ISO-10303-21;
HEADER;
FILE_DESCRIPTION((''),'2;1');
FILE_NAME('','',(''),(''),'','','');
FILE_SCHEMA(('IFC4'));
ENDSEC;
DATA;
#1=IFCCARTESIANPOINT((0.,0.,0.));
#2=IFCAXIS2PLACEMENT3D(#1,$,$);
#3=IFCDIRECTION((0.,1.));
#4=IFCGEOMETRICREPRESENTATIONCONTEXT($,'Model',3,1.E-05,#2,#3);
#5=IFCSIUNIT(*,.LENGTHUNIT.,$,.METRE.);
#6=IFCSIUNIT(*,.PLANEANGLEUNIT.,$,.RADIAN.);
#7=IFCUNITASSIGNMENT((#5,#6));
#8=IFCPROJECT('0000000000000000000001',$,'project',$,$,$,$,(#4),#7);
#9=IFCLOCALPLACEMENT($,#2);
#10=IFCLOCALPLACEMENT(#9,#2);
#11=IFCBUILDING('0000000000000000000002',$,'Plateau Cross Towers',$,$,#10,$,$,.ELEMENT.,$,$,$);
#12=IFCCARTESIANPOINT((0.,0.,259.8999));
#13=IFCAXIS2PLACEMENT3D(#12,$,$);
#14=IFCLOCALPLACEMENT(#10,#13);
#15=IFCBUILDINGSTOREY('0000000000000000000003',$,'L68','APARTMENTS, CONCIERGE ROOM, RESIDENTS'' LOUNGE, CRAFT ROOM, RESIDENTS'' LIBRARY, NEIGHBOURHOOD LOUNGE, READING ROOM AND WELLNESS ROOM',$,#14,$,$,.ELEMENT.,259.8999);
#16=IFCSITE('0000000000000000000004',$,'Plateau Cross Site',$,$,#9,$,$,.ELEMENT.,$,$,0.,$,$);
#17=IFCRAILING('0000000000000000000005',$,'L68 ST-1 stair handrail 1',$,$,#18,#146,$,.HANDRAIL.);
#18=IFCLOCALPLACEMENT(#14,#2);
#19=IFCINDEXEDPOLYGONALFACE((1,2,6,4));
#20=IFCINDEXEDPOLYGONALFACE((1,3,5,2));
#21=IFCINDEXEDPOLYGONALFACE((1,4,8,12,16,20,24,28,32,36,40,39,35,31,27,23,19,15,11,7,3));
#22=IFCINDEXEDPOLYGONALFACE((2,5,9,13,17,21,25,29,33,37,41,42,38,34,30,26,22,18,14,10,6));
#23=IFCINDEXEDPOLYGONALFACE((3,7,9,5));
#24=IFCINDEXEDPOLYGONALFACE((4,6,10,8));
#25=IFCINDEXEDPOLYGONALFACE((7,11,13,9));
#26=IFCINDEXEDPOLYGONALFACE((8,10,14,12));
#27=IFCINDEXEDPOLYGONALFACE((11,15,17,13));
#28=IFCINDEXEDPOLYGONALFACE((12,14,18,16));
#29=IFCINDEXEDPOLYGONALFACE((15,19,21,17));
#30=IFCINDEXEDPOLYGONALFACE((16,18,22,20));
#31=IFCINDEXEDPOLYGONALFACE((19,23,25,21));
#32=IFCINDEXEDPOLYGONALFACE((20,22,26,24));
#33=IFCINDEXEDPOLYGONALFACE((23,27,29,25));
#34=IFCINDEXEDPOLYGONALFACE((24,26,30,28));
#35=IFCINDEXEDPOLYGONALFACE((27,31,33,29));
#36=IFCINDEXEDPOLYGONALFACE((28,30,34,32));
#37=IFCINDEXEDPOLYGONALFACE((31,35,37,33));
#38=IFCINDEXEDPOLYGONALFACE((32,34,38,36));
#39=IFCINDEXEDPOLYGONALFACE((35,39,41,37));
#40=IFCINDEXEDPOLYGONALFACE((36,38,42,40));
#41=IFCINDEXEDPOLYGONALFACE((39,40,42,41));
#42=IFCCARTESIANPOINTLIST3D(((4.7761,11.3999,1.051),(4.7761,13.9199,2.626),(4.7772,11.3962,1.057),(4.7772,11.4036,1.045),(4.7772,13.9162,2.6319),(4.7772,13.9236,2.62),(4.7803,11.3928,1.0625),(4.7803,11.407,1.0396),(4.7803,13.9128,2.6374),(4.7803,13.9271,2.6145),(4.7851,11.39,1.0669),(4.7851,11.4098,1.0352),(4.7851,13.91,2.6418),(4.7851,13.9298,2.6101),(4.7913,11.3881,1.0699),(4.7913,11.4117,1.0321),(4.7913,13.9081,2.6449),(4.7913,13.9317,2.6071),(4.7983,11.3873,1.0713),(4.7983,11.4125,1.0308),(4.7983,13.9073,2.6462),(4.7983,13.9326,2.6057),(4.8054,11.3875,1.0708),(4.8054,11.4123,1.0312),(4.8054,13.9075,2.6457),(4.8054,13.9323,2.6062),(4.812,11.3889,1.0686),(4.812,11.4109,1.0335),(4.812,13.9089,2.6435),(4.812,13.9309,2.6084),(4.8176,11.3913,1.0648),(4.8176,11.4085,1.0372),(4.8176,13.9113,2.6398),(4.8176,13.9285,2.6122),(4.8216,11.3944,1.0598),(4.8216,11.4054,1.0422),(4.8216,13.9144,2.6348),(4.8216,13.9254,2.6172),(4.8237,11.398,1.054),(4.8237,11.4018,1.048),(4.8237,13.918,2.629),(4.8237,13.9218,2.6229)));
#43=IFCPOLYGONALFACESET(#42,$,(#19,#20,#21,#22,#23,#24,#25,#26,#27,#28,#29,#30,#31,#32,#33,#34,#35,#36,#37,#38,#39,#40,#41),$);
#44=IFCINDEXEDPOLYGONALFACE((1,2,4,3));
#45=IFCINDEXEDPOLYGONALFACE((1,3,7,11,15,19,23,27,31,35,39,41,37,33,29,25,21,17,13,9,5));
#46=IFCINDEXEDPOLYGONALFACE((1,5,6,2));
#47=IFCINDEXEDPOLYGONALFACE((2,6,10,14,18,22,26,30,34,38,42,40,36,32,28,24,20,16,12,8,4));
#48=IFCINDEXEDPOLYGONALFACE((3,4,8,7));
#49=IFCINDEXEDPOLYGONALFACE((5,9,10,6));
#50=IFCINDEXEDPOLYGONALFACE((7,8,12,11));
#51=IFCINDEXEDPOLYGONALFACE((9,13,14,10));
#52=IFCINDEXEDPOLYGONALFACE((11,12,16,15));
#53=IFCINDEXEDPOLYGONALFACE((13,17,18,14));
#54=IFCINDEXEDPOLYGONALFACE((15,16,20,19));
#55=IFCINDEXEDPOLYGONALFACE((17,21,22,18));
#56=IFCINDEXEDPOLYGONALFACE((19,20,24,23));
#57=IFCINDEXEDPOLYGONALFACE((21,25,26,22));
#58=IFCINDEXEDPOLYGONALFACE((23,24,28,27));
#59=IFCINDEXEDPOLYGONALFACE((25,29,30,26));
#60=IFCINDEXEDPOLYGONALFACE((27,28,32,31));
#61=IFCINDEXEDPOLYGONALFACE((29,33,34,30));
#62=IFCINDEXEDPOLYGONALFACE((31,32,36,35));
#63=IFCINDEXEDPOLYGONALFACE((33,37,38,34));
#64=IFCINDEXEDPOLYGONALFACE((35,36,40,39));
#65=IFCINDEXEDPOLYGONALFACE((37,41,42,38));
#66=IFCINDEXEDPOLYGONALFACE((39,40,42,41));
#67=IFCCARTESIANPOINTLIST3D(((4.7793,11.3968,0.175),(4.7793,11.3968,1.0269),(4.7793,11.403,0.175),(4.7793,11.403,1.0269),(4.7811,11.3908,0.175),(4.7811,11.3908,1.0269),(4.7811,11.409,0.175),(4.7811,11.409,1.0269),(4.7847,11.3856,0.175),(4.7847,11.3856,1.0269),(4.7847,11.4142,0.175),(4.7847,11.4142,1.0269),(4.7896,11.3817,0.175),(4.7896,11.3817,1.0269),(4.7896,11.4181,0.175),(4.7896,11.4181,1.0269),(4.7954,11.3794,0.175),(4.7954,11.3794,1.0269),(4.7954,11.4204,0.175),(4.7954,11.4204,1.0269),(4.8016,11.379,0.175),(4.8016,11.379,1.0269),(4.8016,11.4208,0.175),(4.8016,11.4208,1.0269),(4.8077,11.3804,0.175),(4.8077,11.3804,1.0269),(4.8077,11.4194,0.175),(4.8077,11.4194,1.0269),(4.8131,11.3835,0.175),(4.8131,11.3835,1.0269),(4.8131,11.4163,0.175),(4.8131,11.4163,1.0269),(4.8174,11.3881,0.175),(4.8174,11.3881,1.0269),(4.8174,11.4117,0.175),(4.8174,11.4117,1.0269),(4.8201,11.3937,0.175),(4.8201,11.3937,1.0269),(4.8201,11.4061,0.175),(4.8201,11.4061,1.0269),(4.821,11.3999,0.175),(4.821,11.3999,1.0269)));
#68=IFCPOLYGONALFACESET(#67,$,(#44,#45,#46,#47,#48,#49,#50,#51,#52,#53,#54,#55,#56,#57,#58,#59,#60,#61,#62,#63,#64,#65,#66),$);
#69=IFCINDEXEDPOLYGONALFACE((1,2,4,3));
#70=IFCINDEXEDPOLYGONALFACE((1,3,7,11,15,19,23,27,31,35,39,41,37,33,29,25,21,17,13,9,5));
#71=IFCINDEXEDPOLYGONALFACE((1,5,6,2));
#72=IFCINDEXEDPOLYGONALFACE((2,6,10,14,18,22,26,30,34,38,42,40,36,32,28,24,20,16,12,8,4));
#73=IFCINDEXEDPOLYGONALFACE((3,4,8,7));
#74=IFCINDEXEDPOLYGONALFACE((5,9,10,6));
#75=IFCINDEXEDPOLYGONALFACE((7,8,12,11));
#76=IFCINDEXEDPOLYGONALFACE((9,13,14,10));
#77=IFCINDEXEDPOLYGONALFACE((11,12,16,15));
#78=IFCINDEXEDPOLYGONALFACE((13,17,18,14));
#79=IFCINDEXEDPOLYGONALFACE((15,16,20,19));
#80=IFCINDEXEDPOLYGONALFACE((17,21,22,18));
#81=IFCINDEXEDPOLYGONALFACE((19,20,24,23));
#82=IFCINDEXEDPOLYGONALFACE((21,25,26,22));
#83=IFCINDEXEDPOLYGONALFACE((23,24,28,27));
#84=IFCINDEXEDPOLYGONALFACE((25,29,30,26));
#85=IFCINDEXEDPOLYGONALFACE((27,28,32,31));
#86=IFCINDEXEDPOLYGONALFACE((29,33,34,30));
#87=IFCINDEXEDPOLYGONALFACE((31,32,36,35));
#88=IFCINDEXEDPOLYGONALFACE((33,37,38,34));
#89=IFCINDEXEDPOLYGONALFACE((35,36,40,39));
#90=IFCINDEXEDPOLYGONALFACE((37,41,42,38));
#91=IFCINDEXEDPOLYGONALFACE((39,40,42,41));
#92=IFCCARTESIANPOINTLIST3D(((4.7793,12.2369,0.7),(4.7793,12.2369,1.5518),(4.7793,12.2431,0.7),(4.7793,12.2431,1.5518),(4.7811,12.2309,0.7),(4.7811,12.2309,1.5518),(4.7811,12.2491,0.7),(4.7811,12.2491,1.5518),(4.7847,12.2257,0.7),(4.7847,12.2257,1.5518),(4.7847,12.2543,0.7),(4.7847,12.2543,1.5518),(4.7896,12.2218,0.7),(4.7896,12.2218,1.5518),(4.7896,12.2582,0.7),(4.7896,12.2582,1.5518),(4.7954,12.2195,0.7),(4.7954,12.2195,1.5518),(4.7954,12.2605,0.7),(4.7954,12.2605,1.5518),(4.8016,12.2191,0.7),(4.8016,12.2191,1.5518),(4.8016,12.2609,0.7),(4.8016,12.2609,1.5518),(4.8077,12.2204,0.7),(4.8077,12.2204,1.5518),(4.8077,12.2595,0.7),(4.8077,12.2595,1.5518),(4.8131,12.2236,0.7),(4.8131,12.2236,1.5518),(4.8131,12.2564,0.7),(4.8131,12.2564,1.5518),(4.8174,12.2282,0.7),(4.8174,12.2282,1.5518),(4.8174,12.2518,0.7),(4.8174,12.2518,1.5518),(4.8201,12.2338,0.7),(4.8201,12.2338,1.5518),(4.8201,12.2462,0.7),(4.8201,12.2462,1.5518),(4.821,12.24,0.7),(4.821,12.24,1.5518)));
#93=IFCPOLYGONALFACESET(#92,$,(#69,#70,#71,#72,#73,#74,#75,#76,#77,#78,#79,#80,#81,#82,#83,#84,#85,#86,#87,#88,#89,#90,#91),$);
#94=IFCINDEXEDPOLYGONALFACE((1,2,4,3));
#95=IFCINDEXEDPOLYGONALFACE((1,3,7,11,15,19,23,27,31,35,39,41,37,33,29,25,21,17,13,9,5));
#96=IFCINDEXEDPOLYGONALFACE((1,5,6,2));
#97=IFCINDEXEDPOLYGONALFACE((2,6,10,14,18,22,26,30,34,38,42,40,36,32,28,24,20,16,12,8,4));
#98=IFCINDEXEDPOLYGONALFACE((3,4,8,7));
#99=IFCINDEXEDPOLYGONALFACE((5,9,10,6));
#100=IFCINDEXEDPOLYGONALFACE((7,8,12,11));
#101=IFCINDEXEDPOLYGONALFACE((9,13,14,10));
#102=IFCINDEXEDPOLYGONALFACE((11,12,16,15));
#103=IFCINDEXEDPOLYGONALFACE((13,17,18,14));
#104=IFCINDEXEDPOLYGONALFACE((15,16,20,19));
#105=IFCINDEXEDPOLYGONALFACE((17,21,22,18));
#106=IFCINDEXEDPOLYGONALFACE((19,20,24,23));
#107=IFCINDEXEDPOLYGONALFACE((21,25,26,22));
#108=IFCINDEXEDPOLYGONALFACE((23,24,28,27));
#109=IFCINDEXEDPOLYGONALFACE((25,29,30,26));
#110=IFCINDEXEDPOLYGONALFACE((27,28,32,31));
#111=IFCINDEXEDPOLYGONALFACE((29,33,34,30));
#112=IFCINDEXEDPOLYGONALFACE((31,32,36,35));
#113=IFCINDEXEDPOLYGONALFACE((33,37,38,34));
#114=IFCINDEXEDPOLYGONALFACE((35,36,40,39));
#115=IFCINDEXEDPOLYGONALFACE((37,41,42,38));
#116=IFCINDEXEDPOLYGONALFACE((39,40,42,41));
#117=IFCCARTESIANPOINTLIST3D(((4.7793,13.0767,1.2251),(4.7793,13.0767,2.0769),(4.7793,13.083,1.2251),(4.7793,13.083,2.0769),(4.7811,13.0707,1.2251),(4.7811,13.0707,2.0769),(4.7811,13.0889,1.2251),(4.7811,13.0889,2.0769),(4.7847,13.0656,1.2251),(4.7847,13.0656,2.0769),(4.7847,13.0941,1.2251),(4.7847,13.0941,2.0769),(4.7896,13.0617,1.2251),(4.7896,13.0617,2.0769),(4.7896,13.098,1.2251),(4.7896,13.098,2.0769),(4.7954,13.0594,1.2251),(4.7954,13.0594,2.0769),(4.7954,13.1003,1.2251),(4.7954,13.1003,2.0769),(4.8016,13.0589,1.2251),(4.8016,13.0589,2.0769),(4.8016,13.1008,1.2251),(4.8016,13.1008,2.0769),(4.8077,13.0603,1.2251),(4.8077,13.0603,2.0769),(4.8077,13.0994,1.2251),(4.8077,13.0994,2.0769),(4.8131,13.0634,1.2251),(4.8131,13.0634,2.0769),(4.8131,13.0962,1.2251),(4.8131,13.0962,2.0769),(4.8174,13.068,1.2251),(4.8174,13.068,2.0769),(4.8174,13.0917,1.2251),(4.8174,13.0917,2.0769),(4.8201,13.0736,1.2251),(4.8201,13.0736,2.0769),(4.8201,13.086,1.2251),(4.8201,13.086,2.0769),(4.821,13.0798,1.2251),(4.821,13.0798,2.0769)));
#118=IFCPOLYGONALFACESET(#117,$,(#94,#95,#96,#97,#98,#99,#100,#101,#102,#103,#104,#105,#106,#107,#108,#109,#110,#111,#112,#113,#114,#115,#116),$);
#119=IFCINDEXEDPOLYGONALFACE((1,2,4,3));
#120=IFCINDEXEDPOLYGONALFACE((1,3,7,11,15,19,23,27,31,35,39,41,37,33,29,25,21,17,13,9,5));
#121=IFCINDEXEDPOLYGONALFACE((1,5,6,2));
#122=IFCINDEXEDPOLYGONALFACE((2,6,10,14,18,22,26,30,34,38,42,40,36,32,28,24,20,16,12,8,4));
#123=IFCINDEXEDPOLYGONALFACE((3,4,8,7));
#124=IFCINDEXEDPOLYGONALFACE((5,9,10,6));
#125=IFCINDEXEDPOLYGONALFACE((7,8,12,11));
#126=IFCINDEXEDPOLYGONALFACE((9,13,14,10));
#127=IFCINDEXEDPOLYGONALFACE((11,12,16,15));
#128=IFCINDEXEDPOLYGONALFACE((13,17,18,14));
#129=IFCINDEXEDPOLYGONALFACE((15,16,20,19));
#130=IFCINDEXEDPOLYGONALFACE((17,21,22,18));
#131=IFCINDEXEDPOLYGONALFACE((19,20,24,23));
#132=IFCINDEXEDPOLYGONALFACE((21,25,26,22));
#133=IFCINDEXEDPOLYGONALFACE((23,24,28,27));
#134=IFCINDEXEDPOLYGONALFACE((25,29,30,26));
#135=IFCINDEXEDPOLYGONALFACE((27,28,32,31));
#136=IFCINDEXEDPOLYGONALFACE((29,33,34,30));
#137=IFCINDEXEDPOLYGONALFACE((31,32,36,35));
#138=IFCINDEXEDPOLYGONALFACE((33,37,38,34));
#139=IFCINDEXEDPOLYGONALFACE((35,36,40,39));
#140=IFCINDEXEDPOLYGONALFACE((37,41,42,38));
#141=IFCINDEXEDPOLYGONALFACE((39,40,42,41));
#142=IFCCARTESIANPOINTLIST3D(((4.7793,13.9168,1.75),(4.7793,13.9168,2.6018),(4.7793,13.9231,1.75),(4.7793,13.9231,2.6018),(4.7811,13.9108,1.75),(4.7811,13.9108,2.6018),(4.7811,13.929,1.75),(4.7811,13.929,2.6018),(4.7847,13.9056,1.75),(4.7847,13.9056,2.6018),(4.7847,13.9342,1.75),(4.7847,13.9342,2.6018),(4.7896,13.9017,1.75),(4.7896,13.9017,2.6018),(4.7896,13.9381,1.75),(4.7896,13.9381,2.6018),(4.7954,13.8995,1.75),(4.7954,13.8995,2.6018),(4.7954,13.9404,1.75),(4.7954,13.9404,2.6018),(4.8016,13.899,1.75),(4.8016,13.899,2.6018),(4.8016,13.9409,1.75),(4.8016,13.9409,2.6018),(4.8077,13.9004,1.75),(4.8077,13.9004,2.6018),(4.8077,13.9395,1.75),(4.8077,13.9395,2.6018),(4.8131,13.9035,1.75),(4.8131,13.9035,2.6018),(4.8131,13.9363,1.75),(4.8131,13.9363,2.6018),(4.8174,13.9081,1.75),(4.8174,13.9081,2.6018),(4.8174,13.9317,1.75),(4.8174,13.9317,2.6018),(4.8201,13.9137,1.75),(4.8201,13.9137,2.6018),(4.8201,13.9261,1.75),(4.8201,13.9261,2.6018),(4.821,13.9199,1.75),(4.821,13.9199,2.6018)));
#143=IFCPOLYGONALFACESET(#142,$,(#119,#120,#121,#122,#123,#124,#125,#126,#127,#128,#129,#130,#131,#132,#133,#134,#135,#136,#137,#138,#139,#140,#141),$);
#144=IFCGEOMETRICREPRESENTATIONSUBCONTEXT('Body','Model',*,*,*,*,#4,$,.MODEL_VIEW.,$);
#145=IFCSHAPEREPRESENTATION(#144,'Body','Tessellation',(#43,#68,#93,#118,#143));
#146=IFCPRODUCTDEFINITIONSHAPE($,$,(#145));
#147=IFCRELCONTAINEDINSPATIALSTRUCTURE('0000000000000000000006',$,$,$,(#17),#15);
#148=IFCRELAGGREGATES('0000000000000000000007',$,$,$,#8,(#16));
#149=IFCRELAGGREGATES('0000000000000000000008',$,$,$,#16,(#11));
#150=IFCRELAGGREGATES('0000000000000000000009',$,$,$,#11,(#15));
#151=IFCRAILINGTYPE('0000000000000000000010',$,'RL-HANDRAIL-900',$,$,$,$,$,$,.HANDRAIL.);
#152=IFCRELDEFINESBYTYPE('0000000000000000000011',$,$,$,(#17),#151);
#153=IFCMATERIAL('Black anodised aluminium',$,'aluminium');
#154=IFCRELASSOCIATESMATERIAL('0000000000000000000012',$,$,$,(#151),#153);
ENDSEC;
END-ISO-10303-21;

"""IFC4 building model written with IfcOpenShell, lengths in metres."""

from ifc_helpers import new_model, si_unit, direction, frame, origin, origin_2d, place, context, subcontext, project, spatial, circle, extrude, material, type_object, element, save


model = new_model("IFC4")

# Units and contexts
model_context = context("Model", 3, precision=1e-05, world=origin(), true_north=direction((0.0, 1.0)))
body_context = subcontext(model_context, "Body", "Model", "MODEL_VIEW")
ifc_project = project(units=[si_unit("LENGTHUNIT", "METRE"), si_unit("PLANEANGLEUNIT", "RADIAN")], contexts=[model_context])

# Site, building, storey
site_placement = place(None, origin())
site = spatial("IfcSite", under=ifc_project, at=site_placement, Name="Plateau Cross Site", CompositionType="ELEMENT", RefElevation=0.0)
building_placement = place(site_placement, origin())
building = spatial("IfcBuilding", under=site, at=building_placement, Name="Plateau Cross Towers", CompositionType="ELEMENT")
storey_placement = place(building_placement, frame((0.0, 0.0, 259.8999)))
storey = spatial("IfcBuildingStorey", under=building, at=storey_placement, Name="L68", Description="APARTMENTS, CONCIERGE ROOM, RESIDENTS' LOUNGE, CRAFT ROOM, RESIDENTS' LIBRARY, NEIGHBOURHOOD LOUNGE, READING ROOM AND WELLNESS ROOM", CompositionType="ELEMENT", Elevation=259.8999)

# Shared definitions
ifc_material_1 = material(Name="Black anodised aluminium", Category="aluminium")

# Railing
railing_type_1 = type_object("IfcRailingType", Name="RL-HANDRAIL-900", PredefinedType="HANDRAIL", material=ifc_material_1)
railing_1_placement = place(storey_placement, frame((4.8, 11.3999, 0.175)))
element("IfcRailing", 1, at=railing_1_placement, inside=storey, type_object=railing_type_1, Name="L68 ST-1 stair handrail 1", PredefinedType="HANDRAIL", context=body_context, shape_type="SweptSolid", body=[
    extrude(circle(Radius=0.0239, at=origin_2d()), frame((0.0, 0.0, 0.876), z_axis=(0.0, 0.848008, 0.529984), x_axis=(-1.0, 0.0, 0.0)), (0.0, 0.0, 1.0), 2.9717),
    extrude(circle(Radius=0.021, at=origin_2d()), origin(), (0.0, 0.0, 1.0), 0.8518),
    extrude(circle(Radius=0.021, at=origin_2d()), frame((0.0, 0.8401, 0.5249)), (0.0, 0.0, 1.0), 0.8518),
    extrude(circle(Radius=0.021, at=origin_2d()), frame((0.0, 1.6799, 1.05)), (0.0, 0.0, 1.0), 0.8518),
    extrude(circle(Radius=0.021, at=origin_2d()), frame((0.0, 2.52, 1.575)), (0.0, 0.0, 1.0), 0.8518),
])

save(model, "model.ifc")
